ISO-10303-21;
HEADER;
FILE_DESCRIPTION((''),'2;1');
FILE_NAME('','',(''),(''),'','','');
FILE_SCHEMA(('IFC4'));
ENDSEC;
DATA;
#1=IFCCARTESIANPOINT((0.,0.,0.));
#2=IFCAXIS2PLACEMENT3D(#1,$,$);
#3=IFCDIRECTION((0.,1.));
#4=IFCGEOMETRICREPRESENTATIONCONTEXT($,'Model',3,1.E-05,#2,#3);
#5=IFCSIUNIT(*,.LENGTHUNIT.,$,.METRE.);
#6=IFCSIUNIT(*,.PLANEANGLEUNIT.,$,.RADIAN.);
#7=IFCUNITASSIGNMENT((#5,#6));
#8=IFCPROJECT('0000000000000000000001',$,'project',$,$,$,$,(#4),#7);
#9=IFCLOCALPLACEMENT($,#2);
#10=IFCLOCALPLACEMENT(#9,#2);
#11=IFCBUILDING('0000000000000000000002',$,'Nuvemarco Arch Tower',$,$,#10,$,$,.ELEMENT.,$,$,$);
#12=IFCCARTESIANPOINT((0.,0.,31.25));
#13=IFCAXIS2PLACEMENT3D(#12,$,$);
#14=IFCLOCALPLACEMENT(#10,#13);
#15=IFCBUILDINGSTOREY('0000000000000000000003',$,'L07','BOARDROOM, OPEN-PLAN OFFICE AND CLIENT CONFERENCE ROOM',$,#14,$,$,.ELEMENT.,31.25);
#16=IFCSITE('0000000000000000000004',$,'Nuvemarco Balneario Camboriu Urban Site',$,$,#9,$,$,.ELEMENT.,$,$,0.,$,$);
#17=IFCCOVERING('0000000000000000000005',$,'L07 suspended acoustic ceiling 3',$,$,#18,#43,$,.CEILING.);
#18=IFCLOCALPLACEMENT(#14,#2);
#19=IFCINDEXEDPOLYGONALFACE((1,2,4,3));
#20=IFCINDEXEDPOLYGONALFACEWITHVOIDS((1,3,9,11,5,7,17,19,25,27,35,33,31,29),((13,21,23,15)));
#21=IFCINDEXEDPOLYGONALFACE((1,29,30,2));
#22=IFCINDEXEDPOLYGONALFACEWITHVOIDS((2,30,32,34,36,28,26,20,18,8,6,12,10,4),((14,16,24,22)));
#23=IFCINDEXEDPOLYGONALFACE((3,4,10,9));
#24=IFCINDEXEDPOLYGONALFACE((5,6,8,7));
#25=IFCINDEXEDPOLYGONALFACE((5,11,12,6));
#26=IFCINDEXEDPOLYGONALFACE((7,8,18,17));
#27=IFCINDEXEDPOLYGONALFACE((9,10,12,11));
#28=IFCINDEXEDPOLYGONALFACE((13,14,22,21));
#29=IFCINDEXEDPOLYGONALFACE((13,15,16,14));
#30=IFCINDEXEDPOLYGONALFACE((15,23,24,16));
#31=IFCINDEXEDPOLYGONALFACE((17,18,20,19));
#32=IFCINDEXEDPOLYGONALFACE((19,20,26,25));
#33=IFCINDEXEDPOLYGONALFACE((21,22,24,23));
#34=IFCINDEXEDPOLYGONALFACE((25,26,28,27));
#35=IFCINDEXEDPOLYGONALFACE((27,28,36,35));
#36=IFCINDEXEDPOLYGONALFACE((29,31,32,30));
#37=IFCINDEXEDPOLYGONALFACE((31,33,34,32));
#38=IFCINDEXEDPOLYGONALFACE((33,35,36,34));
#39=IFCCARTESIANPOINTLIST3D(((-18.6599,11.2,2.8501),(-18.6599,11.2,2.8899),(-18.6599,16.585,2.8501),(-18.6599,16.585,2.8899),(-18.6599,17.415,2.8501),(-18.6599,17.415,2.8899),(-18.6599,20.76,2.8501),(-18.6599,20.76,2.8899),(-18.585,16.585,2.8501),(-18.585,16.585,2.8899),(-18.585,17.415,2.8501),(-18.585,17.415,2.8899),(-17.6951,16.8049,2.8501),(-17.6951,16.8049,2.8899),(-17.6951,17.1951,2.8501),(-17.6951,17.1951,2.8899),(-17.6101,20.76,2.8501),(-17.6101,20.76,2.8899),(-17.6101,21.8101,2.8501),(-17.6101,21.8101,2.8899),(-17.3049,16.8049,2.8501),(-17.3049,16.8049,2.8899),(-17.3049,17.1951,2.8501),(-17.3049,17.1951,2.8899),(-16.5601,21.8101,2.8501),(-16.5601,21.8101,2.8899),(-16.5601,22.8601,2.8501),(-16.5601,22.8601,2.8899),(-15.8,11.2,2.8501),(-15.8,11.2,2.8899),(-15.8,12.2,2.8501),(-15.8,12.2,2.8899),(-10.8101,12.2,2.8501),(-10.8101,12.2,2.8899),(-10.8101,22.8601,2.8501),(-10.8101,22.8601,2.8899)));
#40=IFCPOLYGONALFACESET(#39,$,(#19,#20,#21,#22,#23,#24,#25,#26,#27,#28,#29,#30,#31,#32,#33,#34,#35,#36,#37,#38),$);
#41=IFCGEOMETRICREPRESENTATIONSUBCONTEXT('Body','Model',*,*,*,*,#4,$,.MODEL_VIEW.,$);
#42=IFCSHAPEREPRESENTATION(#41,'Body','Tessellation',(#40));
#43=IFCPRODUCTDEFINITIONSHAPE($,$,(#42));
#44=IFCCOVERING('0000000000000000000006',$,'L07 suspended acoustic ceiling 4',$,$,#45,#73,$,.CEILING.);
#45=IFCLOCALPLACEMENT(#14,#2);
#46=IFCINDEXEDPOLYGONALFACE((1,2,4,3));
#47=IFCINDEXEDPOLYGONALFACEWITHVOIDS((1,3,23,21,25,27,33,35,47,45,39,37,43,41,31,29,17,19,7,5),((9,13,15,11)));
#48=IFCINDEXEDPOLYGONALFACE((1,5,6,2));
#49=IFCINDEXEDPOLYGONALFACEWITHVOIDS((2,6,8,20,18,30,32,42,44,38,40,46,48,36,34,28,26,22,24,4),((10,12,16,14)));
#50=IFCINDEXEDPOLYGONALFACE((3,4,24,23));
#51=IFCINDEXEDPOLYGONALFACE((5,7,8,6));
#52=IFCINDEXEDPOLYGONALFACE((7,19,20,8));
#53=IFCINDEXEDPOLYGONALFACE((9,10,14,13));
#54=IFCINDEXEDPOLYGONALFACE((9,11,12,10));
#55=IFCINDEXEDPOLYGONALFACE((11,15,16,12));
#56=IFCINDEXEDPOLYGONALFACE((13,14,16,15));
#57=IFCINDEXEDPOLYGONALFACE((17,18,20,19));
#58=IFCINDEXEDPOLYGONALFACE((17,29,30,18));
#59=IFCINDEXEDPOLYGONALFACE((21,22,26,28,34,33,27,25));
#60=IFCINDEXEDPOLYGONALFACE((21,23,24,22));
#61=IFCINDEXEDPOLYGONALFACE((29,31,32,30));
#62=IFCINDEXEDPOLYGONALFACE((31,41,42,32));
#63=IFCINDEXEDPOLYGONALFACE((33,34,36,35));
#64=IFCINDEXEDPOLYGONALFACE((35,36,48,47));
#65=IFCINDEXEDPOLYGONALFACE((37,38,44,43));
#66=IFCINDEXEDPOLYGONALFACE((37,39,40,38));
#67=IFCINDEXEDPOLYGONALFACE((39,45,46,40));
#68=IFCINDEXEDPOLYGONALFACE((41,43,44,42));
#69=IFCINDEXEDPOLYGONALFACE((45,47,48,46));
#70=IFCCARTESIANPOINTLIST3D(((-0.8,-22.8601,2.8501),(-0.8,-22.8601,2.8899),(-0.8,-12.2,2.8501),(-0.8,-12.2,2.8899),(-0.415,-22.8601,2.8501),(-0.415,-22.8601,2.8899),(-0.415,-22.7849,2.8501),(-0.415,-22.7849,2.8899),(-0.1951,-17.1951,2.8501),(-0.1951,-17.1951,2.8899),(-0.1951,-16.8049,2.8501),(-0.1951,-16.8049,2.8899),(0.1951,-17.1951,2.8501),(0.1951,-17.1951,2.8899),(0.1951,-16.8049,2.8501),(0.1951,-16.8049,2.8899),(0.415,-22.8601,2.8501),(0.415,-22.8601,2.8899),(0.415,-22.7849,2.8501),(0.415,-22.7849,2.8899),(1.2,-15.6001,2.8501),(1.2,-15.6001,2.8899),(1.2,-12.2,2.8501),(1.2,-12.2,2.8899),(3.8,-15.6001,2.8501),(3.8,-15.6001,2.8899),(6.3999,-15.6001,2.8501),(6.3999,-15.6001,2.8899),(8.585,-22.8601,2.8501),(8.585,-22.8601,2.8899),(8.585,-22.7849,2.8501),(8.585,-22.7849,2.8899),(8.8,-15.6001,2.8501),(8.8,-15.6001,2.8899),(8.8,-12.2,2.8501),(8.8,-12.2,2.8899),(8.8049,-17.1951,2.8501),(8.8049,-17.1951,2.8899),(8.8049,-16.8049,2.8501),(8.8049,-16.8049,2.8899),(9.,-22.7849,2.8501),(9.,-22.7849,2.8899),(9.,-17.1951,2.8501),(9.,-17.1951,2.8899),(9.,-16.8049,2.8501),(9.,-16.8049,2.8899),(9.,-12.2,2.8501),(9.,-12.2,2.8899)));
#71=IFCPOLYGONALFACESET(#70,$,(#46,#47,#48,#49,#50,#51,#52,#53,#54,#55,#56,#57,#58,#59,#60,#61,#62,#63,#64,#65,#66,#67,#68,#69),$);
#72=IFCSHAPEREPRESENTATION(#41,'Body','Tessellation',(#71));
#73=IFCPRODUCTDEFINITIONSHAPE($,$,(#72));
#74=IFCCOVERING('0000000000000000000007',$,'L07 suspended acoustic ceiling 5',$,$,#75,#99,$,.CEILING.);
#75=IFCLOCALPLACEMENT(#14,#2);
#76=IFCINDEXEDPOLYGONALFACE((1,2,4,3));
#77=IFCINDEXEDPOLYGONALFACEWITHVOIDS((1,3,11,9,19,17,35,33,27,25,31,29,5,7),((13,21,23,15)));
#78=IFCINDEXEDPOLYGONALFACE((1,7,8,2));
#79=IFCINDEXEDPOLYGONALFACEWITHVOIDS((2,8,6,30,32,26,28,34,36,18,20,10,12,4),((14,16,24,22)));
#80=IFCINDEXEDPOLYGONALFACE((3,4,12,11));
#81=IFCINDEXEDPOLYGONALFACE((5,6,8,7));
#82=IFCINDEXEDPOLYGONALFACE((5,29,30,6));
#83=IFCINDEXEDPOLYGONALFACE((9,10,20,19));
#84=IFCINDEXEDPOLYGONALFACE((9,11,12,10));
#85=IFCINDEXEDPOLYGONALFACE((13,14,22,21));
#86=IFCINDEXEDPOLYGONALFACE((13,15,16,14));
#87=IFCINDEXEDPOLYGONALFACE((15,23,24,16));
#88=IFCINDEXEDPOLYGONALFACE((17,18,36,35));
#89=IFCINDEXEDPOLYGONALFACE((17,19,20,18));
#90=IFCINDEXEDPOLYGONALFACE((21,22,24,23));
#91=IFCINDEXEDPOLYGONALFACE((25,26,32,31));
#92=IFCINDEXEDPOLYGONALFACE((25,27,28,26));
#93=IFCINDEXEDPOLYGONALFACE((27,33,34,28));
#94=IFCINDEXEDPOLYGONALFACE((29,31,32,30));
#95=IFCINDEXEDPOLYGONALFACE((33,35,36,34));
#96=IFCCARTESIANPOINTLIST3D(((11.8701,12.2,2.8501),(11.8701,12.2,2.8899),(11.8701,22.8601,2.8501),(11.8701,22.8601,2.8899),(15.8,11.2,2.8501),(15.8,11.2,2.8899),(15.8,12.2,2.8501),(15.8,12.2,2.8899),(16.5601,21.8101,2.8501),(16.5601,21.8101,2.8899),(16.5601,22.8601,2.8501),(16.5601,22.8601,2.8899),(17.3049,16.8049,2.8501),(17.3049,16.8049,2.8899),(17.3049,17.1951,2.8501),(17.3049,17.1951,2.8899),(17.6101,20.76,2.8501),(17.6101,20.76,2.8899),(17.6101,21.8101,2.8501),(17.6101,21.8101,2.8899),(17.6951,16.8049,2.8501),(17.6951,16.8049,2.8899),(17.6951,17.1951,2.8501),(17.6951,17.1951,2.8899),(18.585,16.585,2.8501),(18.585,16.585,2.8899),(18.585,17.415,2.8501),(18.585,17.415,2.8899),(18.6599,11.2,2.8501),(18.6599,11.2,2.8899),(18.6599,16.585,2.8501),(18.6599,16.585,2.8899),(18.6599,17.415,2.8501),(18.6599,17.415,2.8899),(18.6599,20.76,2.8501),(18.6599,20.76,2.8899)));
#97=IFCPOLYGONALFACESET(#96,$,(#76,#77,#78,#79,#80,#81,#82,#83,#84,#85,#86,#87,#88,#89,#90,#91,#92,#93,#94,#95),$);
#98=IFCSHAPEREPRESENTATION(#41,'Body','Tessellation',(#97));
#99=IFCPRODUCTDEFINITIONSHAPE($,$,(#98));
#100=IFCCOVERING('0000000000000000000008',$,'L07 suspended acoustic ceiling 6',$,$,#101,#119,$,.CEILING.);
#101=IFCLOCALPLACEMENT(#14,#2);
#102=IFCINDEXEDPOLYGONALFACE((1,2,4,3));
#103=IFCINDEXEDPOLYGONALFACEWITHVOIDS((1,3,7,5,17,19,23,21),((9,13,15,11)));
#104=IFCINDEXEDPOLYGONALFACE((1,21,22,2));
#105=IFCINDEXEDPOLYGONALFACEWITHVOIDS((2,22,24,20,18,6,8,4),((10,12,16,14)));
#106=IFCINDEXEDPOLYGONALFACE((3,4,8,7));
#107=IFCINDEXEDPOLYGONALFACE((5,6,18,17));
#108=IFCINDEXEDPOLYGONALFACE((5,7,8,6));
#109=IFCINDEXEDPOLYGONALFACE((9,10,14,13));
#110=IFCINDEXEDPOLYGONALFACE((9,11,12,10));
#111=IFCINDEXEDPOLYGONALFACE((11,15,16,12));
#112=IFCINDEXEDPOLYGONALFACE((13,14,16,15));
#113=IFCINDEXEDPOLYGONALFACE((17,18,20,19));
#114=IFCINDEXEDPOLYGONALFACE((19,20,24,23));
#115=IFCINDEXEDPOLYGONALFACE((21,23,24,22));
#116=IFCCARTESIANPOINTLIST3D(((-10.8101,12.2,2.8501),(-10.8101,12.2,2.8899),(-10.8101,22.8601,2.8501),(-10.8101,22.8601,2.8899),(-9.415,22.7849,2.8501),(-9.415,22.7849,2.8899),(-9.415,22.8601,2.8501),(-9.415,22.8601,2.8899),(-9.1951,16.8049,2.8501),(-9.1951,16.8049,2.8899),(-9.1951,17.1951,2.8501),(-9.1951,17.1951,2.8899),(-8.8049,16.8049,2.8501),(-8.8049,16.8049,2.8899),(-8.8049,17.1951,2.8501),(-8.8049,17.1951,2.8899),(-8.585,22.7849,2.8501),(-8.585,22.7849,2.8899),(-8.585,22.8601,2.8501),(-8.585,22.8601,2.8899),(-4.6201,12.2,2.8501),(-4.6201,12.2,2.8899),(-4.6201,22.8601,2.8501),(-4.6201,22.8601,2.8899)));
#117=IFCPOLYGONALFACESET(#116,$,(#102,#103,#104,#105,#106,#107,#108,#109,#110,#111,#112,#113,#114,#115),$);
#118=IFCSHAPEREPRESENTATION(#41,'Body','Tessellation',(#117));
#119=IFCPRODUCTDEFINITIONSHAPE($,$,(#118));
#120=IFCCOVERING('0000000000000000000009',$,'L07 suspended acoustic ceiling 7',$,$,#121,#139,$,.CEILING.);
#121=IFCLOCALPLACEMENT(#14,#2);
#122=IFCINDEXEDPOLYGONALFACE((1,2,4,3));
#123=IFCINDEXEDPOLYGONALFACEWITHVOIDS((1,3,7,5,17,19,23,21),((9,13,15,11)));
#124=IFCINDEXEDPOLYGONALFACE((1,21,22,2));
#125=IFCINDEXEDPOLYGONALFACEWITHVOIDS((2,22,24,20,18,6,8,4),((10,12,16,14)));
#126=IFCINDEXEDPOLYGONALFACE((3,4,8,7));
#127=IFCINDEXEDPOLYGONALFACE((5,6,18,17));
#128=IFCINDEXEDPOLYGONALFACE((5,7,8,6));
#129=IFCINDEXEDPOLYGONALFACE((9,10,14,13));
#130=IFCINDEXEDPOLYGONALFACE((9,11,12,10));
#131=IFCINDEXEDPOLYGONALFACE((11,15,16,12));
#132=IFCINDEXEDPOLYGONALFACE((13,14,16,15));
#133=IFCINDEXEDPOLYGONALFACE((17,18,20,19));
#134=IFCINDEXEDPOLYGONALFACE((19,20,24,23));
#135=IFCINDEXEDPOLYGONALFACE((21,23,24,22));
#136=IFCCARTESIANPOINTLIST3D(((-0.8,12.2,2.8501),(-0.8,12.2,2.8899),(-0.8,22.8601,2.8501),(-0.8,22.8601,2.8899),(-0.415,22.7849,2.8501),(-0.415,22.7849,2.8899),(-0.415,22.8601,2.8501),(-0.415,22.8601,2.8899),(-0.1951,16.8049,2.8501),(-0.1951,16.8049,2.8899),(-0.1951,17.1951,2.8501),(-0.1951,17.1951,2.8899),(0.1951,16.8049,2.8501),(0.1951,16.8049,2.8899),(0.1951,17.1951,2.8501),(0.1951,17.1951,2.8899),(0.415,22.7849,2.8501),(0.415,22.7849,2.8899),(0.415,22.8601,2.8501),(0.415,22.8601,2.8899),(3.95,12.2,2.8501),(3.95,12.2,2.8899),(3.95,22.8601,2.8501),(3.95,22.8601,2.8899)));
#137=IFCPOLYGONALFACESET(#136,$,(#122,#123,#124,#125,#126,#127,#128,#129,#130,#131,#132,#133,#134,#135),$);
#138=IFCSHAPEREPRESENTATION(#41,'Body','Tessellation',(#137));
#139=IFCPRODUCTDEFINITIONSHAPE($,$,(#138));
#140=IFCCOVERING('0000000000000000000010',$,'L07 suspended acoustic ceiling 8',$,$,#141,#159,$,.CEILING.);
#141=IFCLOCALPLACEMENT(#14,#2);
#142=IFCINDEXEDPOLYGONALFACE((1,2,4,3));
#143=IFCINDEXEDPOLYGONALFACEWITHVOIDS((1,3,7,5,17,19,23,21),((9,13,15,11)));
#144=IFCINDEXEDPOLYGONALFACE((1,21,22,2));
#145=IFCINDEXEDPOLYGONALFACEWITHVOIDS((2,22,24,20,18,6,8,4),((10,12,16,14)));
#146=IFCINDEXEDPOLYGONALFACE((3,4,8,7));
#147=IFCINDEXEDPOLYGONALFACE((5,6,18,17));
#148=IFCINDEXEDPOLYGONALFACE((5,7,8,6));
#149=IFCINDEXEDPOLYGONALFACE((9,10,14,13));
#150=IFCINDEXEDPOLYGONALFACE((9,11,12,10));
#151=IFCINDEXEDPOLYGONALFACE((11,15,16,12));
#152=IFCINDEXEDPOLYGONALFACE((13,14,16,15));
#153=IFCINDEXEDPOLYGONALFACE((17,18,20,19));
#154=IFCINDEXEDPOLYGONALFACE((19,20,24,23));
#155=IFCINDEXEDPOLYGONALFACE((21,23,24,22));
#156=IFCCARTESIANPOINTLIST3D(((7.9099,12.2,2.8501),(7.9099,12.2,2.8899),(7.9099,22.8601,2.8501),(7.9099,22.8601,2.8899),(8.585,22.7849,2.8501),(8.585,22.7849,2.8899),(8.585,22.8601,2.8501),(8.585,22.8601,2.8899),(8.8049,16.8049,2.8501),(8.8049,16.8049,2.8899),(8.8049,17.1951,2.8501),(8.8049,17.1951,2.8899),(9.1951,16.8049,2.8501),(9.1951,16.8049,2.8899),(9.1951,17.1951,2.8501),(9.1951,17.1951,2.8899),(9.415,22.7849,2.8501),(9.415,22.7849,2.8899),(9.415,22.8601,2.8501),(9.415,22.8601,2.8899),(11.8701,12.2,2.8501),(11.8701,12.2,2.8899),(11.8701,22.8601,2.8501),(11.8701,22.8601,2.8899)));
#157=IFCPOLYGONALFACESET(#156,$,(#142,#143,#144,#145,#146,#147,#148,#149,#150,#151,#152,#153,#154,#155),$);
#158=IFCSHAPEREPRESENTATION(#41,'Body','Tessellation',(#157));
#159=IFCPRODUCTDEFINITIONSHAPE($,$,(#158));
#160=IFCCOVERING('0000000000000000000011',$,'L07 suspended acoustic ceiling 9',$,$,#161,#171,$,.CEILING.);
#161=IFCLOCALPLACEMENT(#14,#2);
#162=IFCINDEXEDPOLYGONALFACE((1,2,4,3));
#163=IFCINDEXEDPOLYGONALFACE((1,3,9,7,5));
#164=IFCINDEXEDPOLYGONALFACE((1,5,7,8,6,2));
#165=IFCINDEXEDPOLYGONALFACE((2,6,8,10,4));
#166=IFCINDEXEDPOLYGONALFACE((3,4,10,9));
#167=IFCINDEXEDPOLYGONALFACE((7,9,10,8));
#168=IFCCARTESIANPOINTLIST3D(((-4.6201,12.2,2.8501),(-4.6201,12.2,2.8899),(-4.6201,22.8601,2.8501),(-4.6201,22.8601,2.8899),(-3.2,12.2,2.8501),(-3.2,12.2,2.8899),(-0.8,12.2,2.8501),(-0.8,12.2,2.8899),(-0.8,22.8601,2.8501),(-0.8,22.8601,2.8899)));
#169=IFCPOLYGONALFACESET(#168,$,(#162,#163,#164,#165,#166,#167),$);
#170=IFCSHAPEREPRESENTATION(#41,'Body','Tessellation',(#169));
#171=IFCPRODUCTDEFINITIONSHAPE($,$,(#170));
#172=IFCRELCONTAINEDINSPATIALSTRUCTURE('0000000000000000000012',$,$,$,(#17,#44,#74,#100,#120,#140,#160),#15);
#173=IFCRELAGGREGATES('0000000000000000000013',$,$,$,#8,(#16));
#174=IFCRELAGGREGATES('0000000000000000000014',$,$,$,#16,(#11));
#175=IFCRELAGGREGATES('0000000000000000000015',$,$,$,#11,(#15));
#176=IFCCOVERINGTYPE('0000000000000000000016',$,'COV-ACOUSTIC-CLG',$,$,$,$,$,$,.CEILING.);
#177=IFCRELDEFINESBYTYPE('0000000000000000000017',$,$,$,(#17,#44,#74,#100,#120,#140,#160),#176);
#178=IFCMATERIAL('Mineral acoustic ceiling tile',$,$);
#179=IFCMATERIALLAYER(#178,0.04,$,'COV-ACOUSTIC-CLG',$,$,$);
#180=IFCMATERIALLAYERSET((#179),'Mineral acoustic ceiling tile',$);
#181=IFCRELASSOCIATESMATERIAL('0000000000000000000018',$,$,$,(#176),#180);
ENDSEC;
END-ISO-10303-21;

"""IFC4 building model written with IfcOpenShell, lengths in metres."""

from ifc_helpers import new_model, si_unit, direction, frame, origin, place, context, subcontext, project, spatial, polyline, outline, extrude, material, layer, layer_set, type_object, element, save


model = new_model("IFC4")

# Units and contexts
model_context = context("Model", 3, precision=1e-05, world=origin(), true_north=direction((0.0, 1.0)))
body_context = subcontext(model_context, "Body", "Model", "MODEL_VIEW")
ifc_project = project(units=[si_unit("LENGTHUNIT", "METRE"), si_unit("PLANEANGLEUNIT", "RADIAN")], contexts=[model_context])

# Site, building, storey
site_placement = place(None, origin())
site = spatial("IfcSite", under=ifc_project, at=site_placement, Name="Nuvemarco Balneario Camboriu Urban Site", CompositionType="ELEMENT", RefElevation=0.0)
building_placement = place(site_placement, origin())
building = spatial("IfcBuilding", under=site, at=building_placement, Name="Nuvemarco Arch Tower", CompositionType="ELEMENT")
storey_placement = place(building_placement, frame((0.0, 0.0, 31.25)))
storey = spatial("IfcBuildingStorey", under=building, at=storey_placement, Name="L07", Description="BOARDROOM, OPEN-PLAN OFFICE AND CLIENT CONFERENCE ROOM", CompositionType="ELEMENT", Elevation=31.25)

# Coverings
ifc_material_1 = material(Name="Mineral acoustic ceiling tile")
ifc_layer_1 = layer(ifc_material_1, 0.04, Name="COV-ACOUSTIC-CLG")
ifc_layer_set_1 = layer_set([ifc_layer_1], Name="Mineral acoustic ceiling tile")
covering_type_1 = type_object("IfcCoveringType", Name="COV-ACOUSTIC-CLG", PredefinedType="CEILING", material=ifc_layer_set_1)
covering_1_placement = place(storey_placement, frame((0.0, 0.0, 2.8501)))
element("IfcCovering", 1, at=covering_1_placement, inside=storey, type_object=covering_type_1, Name="L07 suspended acoustic ceiling 3", PredefinedType="CEILING", context=body_context, shape_type="SweptSolid", body=[
    extrude(outline(polyline([(-18.585, 16.585), (-18.585, 17.415), (-18.6599, 17.415), (-18.6599, 20.76), (-17.6101, 20.76), (-17.6101, 21.8101), (-16.5601, 21.8101), (-16.5601, 22.8601), (-10.8101, 22.8601), (-10.8101, 12.2), (-15.8, 12.2), (-15.8, 11.2), (-18.6599, 11.2), (-18.6599, 16.585), (-18.585, 16.585)]), holes=[polyline([(-17.3049, 16.8049), (-17.3049, 17.1951), (-17.6951, 17.1951), (-17.6951, 16.8049), (-17.3049, 16.8049)])]), origin(), (0.0, 0.0, 1.0), 0.0398),
])
covering_2_placement = place(storey_placement, frame((0.0, 0.0, 2.8501)))
element("IfcCovering", 2, at=covering_2_placement, inside=storey, type_object=covering_type_1, Name="L07 suspended acoustic ceiling 4", PredefinedType="CEILING", context=body_context, shape_type="SweptSolid", body=[
    extrude(outline(polyline([(3.8, -15.6001), (6.3999, -15.6001), (8.8, -15.6001), (8.8, -12.2), (9.0, -12.2), (9.0, -16.8049), (8.8049, -16.8049), (8.8049, -17.1951), (9.0, -17.1951), (9.0, -22.7849), (8.585, -22.7849), (8.585, -22.8601), (0.415, -22.8601), (0.415, -22.7849), (-0.415, -22.7849), (-0.415, -22.8601), (-0.8, -22.8601), (-0.8, -12.2), (1.2, -12.2), (1.2, -15.6001), (3.8, -15.6001)]), holes=[polyline([(0.1951, -17.1951), (0.1951, -16.8049), (-0.1951, -16.8049), (-0.1951, -17.1951), (0.1951, -17.1951)])]), origin(), (0.0, 0.0, 1.0), 0.0398),
])
covering_3_placement = place(storey_placement, frame((0.0, 0.0, 2.8501)))
element("IfcCovering", 3, at=covering_3_placement, inside=storey, type_object=covering_type_1, Name="L07 suspended acoustic ceiling 5", PredefinedType="CEILING", context=body_context, shape_type="SweptSolid", body=[
    extrude(outline(polyline([(18.6599, 20.76), (18.6599, 17.415), (18.585, 17.415), (18.585, 16.585), (18.6599, 16.585), (18.6599, 11.2), (15.8, 11.2), (15.8, 12.2), (11.8701, 12.2), (11.8701, 22.8601), (16.5601, 22.8601), (16.5601, 21.8101), (17.6101, 21.8101), (17.6101, 20.76), (18.6599, 20.76)]), holes=[polyline([(17.6951, 16.8049), (17.6951, 17.1951), (17.3049, 17.1951), (17.3049, 16.8049), (17.6951, 16.8049)])]), origin(), (0.0, 0.0, 1.0), 0.0398),
])
covering_4_placement = place(storey_placement, frame((0.0, 0.0, 2.8501)))
element("IfcCovering", 4, at=covering_4_placement, inside=storey, type_object=covering_type_1, Name="L07 suspended acoustic ceiling 6", PredefinedType="CEILING", context=body_context, shape_type="SweptSolid", body=[
    extrude(outline(polyline([(-4.6201, 12.2), (-10.8101, 12.2), (-10.8101, 22.8601), (-9.415, 22.8601), (-9.415, 22.7849), (-8.585, 22.7849), (-8.585, 22.8601), (-4.6201, 22.8601), (-4.6201, 12.2)]), holes=[polyline([(-8.8049, 16.8049), (-8.8049, 17.1951), (-9.1951, 17.1951), (-9.1951, 16.8049), (-8.8049, 16.8049)])]), origin(), (0.0, 0.0, 1.0), 0.0398),
])
covering_5_placement = place(storey_placement, frame((0.0, 0.0, 2.8501)))
element("IfcCovering", 5, at=covering_5_placement, inside=storey, type_object=covering_type_1, Name="L07 suspended acoustic ceiling 7", PredefinedType="CEILING", context=body_context, shape_type="SweptSolid", body=[
    extrude(outline(polyline([(3.95, 12.2), (-0.8, 12.2), (-0.8, 22.8601), (-0.415, 22.8601), (-0.415, 22.7849), (0.415, 22.7849), (0.415, 22.8601), (3.95, 22.8601), (3.95, 12.2)]), holes=[polyline([(0.1951, 16.8049), (0.1951, 17.1951), (-0.1951, 17.1951), (-0.1951, 16.8049), (0.1951, 16.8049)])]), origin(), (0.0, 0.0, 1.0), 0.0398),
])
covering_6_placement = place(storey_placement, frame((0.0, 0.0, 2.8501)))
element("IfcCovering", 6, at=covering_6_placement, inside=storey, type_object=covering_type_1, Name="L07 suspended acoustic ceiling 8", PredefinedType="CEILING", context=body_context, shape_type="SweptSolid", body=[
    extrude(outline(polyline([(11.8701, 12.2), (7.9099, 12.2), (7.9099, 22.8601), (8.585, 22.8601), (8.585, 22.7849), (9.415, 22.7849), (9.415, 22.8601), (11.8701, 22.8601), (11.8701, 12.2)]), holes=[polyline([(9.1951, 17.1951), (8.8049, 17.1951), (8.8049, 16.8049), (9.1951, 16.8049), (9.1951, 17.1951)])]), origin(), (0.0, 0.0, 1.0), 0.0398),
])
covering_7_placement = place(storey_placement, frame((0.0, 0.0, 2.8501)))
element("IfcCovering", 7, at=covering_7_placement, inside=storey, type_object=covering_type_1, Name="L07 suspended acoustic ceiling 9", PredefinedType="CEILING", context=body_context, shape_type="SweptSolid", body=[
    extrude(outline(polyline([(-0.8, 12.2), (-3.2, 12.2), (-4.6201, 12.2), (-4.6201, 22.8601), (-0.8, 22.8601), (-0.8, 12.2)])), origin(), (0.0, 0.0, 1.0), 0.0398),
])

save(model, "model.ifc")
